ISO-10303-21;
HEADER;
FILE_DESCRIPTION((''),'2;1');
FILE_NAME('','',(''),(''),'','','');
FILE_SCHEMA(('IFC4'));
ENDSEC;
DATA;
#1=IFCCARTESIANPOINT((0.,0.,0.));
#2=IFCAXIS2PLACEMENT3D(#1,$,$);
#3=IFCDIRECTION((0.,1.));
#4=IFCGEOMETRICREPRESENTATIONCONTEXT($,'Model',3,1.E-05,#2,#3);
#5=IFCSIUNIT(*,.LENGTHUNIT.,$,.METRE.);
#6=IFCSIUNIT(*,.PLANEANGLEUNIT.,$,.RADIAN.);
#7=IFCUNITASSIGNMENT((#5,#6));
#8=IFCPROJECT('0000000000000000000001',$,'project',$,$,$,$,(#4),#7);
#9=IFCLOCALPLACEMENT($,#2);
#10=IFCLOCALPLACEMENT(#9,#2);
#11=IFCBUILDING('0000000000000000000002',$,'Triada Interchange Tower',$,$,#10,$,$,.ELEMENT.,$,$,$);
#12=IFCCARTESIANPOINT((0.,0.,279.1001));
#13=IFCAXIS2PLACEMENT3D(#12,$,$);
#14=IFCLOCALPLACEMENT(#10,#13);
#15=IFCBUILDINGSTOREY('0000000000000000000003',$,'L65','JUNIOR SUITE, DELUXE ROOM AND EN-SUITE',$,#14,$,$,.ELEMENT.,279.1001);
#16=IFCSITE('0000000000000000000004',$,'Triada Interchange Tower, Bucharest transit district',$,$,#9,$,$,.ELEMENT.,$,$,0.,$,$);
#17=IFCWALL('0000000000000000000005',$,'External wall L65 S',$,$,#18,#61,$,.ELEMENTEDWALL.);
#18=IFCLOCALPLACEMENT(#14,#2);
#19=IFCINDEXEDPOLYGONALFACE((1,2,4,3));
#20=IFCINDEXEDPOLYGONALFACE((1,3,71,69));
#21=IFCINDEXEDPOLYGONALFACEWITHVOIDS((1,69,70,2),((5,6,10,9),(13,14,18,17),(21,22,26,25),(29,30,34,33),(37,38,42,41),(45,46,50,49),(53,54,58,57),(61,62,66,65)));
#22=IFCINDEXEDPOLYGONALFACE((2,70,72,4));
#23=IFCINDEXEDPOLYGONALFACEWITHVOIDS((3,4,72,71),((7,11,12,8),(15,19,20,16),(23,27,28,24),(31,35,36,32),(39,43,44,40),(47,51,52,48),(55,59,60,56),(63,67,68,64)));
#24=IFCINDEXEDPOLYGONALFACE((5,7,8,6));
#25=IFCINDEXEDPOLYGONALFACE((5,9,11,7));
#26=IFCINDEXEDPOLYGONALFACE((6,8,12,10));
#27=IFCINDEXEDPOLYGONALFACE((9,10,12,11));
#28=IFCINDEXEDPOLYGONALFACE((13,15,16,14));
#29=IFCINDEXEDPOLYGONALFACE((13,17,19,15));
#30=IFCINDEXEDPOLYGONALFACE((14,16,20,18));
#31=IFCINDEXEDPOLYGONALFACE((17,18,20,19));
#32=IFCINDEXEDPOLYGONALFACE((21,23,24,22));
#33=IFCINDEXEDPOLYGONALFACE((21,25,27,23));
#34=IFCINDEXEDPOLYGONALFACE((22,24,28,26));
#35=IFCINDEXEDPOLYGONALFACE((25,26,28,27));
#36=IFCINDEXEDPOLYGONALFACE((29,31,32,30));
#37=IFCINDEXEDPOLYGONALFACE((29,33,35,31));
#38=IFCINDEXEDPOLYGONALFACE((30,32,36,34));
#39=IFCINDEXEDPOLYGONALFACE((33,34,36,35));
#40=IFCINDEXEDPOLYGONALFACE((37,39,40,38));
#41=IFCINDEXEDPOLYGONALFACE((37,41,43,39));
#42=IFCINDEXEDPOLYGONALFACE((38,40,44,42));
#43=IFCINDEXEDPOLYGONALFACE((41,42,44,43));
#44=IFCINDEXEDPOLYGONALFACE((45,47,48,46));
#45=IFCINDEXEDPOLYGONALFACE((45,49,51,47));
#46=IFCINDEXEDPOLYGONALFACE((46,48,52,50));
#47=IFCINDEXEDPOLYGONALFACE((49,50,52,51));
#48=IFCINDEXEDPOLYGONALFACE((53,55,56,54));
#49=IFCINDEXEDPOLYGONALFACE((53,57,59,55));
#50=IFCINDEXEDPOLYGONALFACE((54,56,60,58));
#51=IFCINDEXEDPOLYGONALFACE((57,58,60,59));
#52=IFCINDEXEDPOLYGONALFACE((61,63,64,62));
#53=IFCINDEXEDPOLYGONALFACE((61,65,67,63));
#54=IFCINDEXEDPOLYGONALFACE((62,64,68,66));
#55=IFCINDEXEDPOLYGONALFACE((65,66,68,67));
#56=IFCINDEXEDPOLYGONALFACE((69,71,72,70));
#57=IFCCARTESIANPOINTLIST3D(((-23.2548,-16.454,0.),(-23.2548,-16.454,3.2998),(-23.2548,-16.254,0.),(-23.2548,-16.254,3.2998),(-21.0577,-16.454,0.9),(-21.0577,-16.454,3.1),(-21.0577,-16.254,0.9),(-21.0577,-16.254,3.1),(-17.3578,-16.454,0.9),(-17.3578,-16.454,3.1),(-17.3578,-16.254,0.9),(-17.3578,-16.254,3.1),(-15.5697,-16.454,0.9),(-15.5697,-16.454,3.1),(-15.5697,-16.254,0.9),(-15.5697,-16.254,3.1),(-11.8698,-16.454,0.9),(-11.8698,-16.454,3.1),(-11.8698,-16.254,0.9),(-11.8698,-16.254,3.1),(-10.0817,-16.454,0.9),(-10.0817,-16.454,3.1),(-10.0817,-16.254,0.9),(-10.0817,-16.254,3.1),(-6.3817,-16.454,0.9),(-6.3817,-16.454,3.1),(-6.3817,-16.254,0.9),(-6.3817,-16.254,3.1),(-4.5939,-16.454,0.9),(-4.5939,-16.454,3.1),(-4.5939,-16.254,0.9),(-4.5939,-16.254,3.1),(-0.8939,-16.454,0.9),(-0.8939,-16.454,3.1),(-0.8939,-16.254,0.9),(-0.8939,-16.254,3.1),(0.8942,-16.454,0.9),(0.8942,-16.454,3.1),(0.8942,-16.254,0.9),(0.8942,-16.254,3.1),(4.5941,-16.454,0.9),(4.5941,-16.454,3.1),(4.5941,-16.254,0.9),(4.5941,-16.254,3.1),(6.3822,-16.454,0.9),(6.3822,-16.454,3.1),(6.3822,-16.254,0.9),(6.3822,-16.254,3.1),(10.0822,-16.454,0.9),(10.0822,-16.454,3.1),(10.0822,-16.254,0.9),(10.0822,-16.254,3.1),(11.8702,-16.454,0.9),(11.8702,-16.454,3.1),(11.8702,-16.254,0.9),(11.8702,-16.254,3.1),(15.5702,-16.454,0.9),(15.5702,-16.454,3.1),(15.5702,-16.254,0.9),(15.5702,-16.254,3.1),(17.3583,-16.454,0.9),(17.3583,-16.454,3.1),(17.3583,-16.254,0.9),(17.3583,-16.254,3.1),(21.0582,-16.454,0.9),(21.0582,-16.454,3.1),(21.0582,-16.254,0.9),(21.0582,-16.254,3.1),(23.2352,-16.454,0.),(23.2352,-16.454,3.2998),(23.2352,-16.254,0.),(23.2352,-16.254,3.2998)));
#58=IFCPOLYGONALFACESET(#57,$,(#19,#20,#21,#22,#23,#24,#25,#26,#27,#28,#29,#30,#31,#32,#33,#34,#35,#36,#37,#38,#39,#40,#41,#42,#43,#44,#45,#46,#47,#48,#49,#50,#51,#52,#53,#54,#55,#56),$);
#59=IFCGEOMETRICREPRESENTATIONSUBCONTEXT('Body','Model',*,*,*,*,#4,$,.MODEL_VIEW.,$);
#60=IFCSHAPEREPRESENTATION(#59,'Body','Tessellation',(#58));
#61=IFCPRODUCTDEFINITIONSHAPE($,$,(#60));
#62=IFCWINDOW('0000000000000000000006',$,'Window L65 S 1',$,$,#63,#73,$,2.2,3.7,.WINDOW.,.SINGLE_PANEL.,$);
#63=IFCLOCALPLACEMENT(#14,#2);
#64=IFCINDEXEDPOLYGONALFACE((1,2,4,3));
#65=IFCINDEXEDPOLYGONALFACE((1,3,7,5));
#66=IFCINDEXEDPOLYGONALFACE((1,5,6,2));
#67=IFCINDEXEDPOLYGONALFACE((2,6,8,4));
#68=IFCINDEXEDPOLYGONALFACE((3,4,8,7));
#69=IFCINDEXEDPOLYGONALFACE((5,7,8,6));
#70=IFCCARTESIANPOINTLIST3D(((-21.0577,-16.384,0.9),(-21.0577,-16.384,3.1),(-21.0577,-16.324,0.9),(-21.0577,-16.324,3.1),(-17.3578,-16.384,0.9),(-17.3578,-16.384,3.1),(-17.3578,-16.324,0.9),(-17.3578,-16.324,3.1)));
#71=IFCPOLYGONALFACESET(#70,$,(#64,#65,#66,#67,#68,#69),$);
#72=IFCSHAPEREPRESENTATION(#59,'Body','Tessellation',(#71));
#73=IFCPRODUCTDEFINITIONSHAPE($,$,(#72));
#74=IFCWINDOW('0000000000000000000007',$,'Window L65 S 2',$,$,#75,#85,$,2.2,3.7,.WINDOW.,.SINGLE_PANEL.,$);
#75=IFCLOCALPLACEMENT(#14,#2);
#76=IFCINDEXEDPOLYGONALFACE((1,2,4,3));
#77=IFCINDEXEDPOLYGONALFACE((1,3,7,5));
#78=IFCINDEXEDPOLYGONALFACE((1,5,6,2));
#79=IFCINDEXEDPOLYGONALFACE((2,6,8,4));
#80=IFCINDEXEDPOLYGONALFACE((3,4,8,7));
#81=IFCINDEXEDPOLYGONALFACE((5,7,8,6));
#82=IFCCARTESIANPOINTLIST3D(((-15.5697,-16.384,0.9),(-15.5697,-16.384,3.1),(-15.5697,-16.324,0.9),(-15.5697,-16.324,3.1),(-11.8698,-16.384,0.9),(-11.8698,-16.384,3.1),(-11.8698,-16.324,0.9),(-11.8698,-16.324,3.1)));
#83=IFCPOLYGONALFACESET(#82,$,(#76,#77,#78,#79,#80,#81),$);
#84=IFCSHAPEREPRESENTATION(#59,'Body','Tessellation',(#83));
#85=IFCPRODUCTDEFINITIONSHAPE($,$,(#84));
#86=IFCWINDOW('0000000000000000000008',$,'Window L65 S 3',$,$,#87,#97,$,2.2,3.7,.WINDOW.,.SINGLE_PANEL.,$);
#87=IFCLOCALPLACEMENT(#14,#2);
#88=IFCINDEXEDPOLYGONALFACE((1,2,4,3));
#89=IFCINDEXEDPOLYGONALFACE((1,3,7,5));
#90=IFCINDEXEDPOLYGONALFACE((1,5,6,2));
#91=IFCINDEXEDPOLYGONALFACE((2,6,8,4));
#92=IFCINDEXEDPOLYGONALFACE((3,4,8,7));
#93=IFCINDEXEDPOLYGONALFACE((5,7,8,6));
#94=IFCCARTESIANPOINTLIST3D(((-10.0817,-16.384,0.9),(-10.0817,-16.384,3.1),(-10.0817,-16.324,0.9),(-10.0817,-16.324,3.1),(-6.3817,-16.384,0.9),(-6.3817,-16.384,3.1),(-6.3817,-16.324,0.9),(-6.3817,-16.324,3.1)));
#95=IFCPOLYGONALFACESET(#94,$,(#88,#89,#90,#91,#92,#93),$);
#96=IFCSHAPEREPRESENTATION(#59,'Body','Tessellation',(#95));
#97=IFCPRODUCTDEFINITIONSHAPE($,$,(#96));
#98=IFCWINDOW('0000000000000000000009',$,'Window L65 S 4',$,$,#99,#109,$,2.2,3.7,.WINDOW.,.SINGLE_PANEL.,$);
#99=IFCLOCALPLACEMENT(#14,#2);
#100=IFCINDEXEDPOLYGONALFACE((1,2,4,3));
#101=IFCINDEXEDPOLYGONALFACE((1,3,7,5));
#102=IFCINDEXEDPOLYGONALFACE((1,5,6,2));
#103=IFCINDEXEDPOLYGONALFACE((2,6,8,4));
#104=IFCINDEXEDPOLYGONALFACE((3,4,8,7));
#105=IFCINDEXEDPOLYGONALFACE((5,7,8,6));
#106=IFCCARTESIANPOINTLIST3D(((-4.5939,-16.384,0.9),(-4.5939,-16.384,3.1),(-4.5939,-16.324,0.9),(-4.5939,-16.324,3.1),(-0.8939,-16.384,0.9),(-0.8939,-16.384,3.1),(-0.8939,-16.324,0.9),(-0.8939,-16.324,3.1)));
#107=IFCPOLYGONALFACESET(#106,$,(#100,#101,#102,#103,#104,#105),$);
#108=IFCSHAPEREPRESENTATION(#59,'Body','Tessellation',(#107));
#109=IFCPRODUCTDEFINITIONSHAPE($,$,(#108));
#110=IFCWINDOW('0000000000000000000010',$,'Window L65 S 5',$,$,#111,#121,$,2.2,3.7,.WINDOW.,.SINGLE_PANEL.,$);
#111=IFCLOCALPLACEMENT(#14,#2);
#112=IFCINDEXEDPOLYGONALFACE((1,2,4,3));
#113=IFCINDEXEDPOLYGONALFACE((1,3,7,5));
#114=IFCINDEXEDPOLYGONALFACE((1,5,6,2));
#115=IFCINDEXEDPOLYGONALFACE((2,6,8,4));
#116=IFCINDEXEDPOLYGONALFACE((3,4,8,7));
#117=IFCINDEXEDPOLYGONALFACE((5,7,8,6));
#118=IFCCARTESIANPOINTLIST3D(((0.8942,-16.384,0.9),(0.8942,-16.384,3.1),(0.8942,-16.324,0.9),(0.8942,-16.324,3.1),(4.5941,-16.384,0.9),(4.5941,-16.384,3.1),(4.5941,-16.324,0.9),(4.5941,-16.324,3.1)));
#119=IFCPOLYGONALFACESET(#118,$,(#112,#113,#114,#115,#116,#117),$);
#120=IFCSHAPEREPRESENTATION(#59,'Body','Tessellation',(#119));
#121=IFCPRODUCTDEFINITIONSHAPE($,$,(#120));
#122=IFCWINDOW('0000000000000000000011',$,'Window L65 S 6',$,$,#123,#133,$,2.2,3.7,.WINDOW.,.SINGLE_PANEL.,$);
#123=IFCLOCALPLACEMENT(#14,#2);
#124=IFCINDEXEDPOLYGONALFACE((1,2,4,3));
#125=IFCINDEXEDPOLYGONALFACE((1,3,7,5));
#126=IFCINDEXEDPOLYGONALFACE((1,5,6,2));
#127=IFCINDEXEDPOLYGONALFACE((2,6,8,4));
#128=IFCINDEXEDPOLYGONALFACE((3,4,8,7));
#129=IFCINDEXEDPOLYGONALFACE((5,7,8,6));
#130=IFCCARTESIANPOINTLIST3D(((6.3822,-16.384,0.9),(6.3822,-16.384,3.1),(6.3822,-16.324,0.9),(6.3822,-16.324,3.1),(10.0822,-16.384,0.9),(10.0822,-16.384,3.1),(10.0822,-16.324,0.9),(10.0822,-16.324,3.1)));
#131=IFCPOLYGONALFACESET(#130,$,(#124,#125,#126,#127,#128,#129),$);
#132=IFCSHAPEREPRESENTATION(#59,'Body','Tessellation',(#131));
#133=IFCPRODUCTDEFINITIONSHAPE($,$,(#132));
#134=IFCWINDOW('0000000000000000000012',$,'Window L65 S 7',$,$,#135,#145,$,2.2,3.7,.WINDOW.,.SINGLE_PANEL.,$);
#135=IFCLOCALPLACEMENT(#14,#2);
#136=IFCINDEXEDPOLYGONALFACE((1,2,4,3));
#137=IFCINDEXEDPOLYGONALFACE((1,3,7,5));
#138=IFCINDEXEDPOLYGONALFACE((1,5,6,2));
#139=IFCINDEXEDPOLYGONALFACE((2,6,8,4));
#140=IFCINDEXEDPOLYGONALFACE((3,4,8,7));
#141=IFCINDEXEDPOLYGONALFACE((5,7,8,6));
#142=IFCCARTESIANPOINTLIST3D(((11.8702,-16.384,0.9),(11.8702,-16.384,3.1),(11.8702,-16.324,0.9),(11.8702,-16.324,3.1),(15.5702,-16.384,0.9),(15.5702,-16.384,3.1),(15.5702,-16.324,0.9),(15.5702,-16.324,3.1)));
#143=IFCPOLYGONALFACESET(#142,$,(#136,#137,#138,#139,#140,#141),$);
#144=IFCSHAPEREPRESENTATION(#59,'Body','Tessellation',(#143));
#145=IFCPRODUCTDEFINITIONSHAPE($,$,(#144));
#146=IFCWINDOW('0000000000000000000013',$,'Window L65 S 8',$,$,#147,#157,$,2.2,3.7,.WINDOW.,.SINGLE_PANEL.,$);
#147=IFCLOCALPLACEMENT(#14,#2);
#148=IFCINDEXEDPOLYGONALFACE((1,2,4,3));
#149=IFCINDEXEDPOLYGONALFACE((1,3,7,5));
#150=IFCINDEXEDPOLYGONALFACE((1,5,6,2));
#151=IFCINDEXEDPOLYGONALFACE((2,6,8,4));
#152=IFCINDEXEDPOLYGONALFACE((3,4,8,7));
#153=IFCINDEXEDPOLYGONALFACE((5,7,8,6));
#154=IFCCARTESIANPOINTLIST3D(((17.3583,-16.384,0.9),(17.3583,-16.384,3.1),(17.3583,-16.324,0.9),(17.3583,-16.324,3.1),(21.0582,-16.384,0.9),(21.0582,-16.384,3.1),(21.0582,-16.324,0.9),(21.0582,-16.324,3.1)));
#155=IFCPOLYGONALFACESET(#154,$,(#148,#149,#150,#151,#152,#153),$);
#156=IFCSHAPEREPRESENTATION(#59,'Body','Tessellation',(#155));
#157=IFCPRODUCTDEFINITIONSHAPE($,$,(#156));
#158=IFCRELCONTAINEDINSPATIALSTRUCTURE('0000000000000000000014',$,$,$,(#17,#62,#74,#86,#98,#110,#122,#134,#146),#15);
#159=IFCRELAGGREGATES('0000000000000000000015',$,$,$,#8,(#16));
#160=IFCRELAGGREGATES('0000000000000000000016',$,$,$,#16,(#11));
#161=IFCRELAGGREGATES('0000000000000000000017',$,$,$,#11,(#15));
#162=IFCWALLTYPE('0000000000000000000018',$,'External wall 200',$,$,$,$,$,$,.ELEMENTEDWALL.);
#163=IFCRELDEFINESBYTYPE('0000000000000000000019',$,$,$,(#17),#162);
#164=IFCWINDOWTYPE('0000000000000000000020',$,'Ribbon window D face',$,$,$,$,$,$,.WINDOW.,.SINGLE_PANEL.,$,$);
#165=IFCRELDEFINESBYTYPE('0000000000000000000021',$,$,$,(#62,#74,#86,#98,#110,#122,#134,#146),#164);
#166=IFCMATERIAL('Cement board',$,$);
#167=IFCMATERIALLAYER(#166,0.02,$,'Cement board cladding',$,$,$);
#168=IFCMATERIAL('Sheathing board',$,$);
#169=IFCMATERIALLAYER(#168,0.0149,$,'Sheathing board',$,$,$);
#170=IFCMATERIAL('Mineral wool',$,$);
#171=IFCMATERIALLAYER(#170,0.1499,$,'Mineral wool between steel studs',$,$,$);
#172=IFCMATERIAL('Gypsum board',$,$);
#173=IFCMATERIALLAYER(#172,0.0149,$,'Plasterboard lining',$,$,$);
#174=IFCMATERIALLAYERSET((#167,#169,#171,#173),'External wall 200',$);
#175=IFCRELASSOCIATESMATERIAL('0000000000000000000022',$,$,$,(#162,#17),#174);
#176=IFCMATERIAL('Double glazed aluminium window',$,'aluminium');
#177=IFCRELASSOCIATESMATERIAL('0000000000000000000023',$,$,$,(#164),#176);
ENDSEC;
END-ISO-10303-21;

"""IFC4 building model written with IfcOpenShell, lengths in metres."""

from ifc_helpers import new_model, si_unit, direction, frame, frame_2d, origin, place, context, subcontext, project, spatial, rectangle, extrude, material, layer, layer_set, layer_usage, type_object, element, fill, save


model = new_model("IFC4")

# Units and contexts
model_context = context("Model", 3, precision=1e-05, world=origin(), true_north=direction((0.0, 1.0)))
body_context = subcontext(model_context, "Body", "Model", "MODEL_VIEW")
ifc_project = project(units=[si_unit("LENGTHUNIT", "METRE"), si_unit("PLANEANGLEUNIT", "RADIAN")], contexts=[model_context])

# Site, building, storey
site_placement = place(None, origin())
site = spatial("IfcSite", under=ifc_project, at=site_placement, Name="Triada Interchange Tower, Bucharest transit district", CompositionType="ELEMENT", RefElevation=0.0)
building_placement = place(site_placement, origin())
building = spatial("IfcBuilding", under=site, at=building_placement, Name="Triada Interchange Tower", CompositionType="ELEMENT")
storey_placement = place(building_placement, frame((0.0, 0.0, 279.1001)))
storey = spatial("IfcBuildingStorey", under=building, at=storey_placement, Name="L65", Description="JUNIOR SUITE, DELUXE ROOM AND EN-SUITE", CompositionType="ELEMENT", Elevation=279.1001)

# Shared definitions
ifc_material_1 = material(Name="Cement board")
ifc_layer_1 = layer(ifc_material_1, 0.02, Name="Cement board cladding")
ifc_material_2 = material(Name="Sheathing board")
ifc_layer_2 = layer(ifc_material_2, 0.0149, Name="Sheathing board")
ifc_material_3 = material(Name="Mineral wool")
ifc_layer_3 = layer(ifc_material_3, 0.1499, Name="Mineral wool between steel studs")
ifc_material_4 = material(Name="Gypsum board")
ifc_layer_4 = layer(ifc_material_4, 0.0149, Name="Plasterboard lining")
ifc_layer_set_1 = layer_set([ifc_layer_1, ifc_layer_2, ifc_layer_3, ifc_layer_4], Name="External wall 200")
ifc_layer_usage = layer_usage(ifc_layer_set_1, "AXIS2", "POSITIVE", -0.1001)
wall_type = type_object("IfcWallType", Name="External wall 200", PredefinedType="ELEMENTEDWALL", material=ifc_layer_set_1)
ifc_material_5 = material(Name="Double glazed aluminium window", Category="aluminium")

# Wall, openings, windows
wall_1_placement = place(storey_placement, frame((-23.2549, -16.354, 0.0), z_axis=(0.0, 0.0, 1.0), x_axis=(1.0, 0.0, 0.0)))
wall_1 = element("IfcWall", 1, at=wall_1_placement, inside=storey, type_object=wall_type, material=ifc_layer_usage, Name="External wall L65 S", PredefinedType="ELEMENTEDWALL", context=body_context, shape_type="SweptSolid", body=[
    extrude(rectangle(XDim=46.49, YDim=0.2, at=frame_2d((23.2451, 0.0))), origin(), (0.0, 0.0, 1.0), 3.2998),
])
opening_1_placement = place(wall_1_placement, frame((2.197, 0.0, 0.8999)))
opening_1 = element("IfcOpeningElement", 2, at=opening_1_placement, cuts=wall_1, PredefinedType="OPENING", context=body_context, shape_type="SweptSolid", body=[
    extrude(rectangle(XDim=3.7, YDim=2.2, at=frame_2d((1.8501, 1.1001))), frame((0.0, 0.1099, 0.0), z_axis=(0.0, -1.0, 0.0), x_axis=(1.0, 0.0, 0.0)), (0.0, 0.0, 1.0), 0.22),
])
opening_2_placement = place(wall_1_placement, frame((7.6851, 0.0, 0.8999)))
opening_2 = element("IfcOpeningElement", 3, at=opening_2_placement, cuts=wall_1, PredefinedType="OPENING", context=body_context, shape_type="SweptSolid", body=[
    extrude(rectangle(XDim=3.7, YDim=2.2, at=frame_2d((1.8501, 1.1001))), frame((0.0, 0.1099, 0.0), z_axis=(0.0, -1.0, 0.0), x_axis=(1.0, 0.0, 0.0)), (0.0, 0.0, 1.0), 0.22),
])
opening_3_placement = place(wall_1_placement, frame((13.1731, 0.0, 0.8999)))
opening_3 = element("IfcOpeningElement", 4, at=opening_3_placement, cuts=wall_1, PredefinedType="OPENING", context=body_context, shape_type="SweptSolid", body=[
    extrude(rectangle(XDim=3.7, YDim=2.2, at=frame_2d((1.8501, 1.1001))), frame((0.0, 0.1099, 0.0), z_axis=(0.0, -1.0, 0.0), x_axis=(1.0, 0.0, 0.0)), (0.0, 0.0, 1.0), 0.22),
])
opening_4_placement = place(wall_1_placement, frame((18.6609, 0.0, 0.8999)))
opening_4 = element("IfcOpeningElement", 5, at=opening_4_placement, cuts=wall_1, PredefinedType="OPENING", context=body_context, shape_type="SweptSolid", body=[
    extrude(rectangle(XDim=3.7, YDim=2.2, at=frame_2d((1.8501, 1.1001))), frame((0.0, 0.1099, 0.0), z_axis=(0.0, -1.0, 0.0), x_axis=(1.0, 0.0, 0.0)), (0.0, 0.0, 1.0), 0.22),
])
opening_5_placement = place(wall_1_placement, frame((24.1489, 0.0, 0.8999)))
opening_5 = element("IfcOpeningElement", 6, at=opening_5_placement, cuts=wall_1, PredefinedType="OPENING", context=body_context, shape_type="SweptSolid", body=[
    extrude(rectangle(XDim=3.7, YDim=2.2, at=frame_2d((1.8501, 1.1001))), frame((0.0, 0.1099, 0.0), z_axis=(0.0, -1.0, 0.0), x_axis=(1.0, 0.0, 0.0)), (0.0, 0.0, 1.0), 0.22),
])
opening_6_placement = place(wall_1_placement, frame((29.637, 0.0, 0.8999)))
opening_6 = element("IfcOpeningElement", 7, at=opening_6_placement, cuts=wall_1, PredefinedType="OPENING", context=body_context, shape_type="SweptSolid", body=[
    extrude(rectangle(XDim=3.7, YDim=2.2, at=frame_2d((1.8501, 1.1001))), frame((0.0, 0.1099, 0.0), z_axis=(0.0, -1.0, 0.0), x_axis=(1.0, 0.0, 0.0)), (0.0, 0.0, 1.0), 0.22),
])
opening_7_placement = place(wall_1_placement, frame((35.125, 0.0, 0.8999)))
opening_7 = element("IfcOpeningElement", 8, at=opening_7_placement, cuts=wall_1, PredefinedType="OPENING", context=body_context, shape_type="SweptSolid", body=[
    extrude(rectangle(XDim=3.7, YDim=2.2, at=frame_2d((1.8501, 1.1001))), frame((0.0, 0.1099, 0.0), z_axis=(0.0, -1.0, 0.0), x_axis=(1.0, 0.0, 0.0)), (0.0, 0.0, 1.0), 0.22),
])
opening_8_placement = place(wall_1_placement, frame((40.613, 0.0, 0.8999)))
opening_8 = element("IfcOpeningElement", 9, at=opening_8_placement, cuts=wall_1, PredefinedType="OPENING", context=body_context, shape_type="SweptSolid", body=[
    extrude(rectangle(XDim=3.7, YDim=2.2, at=frame_2d((1.8501, 1.1001))), frame((0.0, 0.1099, 0.0), z_axis=(0.0, -1.0, 0.0), x_axis=(1.0, 0.0, 0.0)), (0.0, 0.0, 1.0), 0.22),
])
window_type_1 = type_object("IfcWindowType", Name="Ribbon window D face", PartitioningType="SINGLE_PANEL", PredefinedType="WINDOW", material=ifc_material_5)
window_1_placement = place(opening_1_placement, origin())
window_1 = element("IfcWindow", 10, at=window_1_placement, inside=storey, type_object=window_type_1, Name="Window L65 S 1", OverallHeight=2.2, OverallWidth=3.7, PartitioningType="SINGLE_PANEL", PredefinedType="WINDOW", context=body_context, shape_type="SweptSolid", body=[
    extrude(rectangle(XDim=3.7, YDim=2.2, at=frame_2d((1.8501, 1.1001))), frame((0.0, 0.03, 0.0), z_axis=(0.0, -1.0, 0.0), x_axis=(1.0, 0.0, 0.0)), (0.0, 0.0, 1.0), 0.0601),
])
fill(opening_1, window_1)
window_2_placement = place(opening_2_placement, origin())
window_2 = element("IfcWindow", 11, at=window_2_placement, inside=storey, type_object=window_type_1, Name="Window L65 S 2", OverallHeight=2.2, OverallWidth=3.7, PartitioningType="SINGLE_PANEL", PredefinedType="WINDOW", context=body_context, shape_type="SweptSolid", body=[
    extrude(rectangle(XDim=3.7, YDim=2.2, at=frame_2d((1.8501, 1.1001))), frame((0.0, 0.03, 0.0), z_axis=(0.0, -1.0, 0.0), x_axis=(1.0, 0.0, 0.0)), (0.0, 0.0, 1.0), 0.0601),
])
fill(opening_2, window_2)
window_3_placement = place(opening_3_placement, origin())
window_3 = element("IfcWindow", 12, at=window_3_placement, inside=storey, type_object=window_type_1, Name="Window L65 S 3", OverallHeight=2.2, OverallWidth=3.7, PartitioningType="SINGLE_PANEL", PredefinedType="WINDOW", context=body_context, shape_type="SweptSolid", body=[
    extrude(rectangle(XDim=3.7, YDim=2.2, at=frame_2d((1.8501, 1.1001))), frame((0.0, 0.03, 0.0), z_axis=(0.0, -1.0, 0.0), x_axis=(1.0, 0.0, 0.0)), (0.0, 0.0, 1.0), 0.0601),
])
fill(opening_3, window_3)
window_4_placement = place(opening_4_placement, origin())
window_4 = element("IfcWindow", 13, at=window_4_placement, inside=storey, type_object=window_type_1, Name="Window L65 S 4", OverallHeight=2.2, OverallWidth=3.7, PartitioningType="SINGLE_PANEL", PredefinedType="WINDOW", context=body_context, shape_type="SweptSolid", body=[
    extrude(rectangle(XDim=3.7, YDim=2.2, at=frame_2d((1.8501, 1.1001))), frame((0.0, 0.03, 0.0), z_axis=(0.0, -1.0, 0.0), x_axis=(1.0, 0.0, 0.0)), (0.0, 0.0, 1.0), 0.0601),
])
fill(opening_4, window_4)
window_5_placement = place(opening_5_placement, origin())
window_5 = element("IfcWindow", 14, at=window_5_placement, inside=storey, type_object=window_type_1, Name="Window L65 S 5", OverallHeight=2.2, OverallWidth=3.7, PartitioningType="SINGLE_PANEL", PredefinedType="WINDOW", context=body_context, shape_type="SweptSolid", body=[
    extrude(rectangle(XDim=3.7, YDim=2.2, at=frame_2d((1.8501, 1.1001))), frame((0.0, 0.03, 0.0), z_axis=(0.0, -1.0, 0.0), x_axis=(1.0, 0.0, 0.0)), (0.0, 0.0, 1.0), 0.0601),
])
fill(opening_5, window_5)
window_6_placement = place(opening_6_placement, origin())
window_6 = element("IfcWindow", 15, at=window_6_placement, inside=storey, type_object=window_type_1, Name="Window L65 S 6", OverallHeight=2.2, OverallWidth=3.7, PartitioningType="SINGLE_PANEL", PredefinedType="WINDOW", context=body_context, shape_type="SweptSolid", body=[
    extrude(rectangle(XDim=3.7, YDim=2.2, at=frame_2d((1.8501, 1.1001))), frame((0.0, 0.03, 0.0), z_axis=(0.0, -1.0, 0.0), x_axis=(1.0, 0.0, 0.0)), (0.0, 0.0, 1.0), 0.0601),
])
fill(opening_6, window_6)
window_7_placement = place(opening_7_placement, origin())
window_7 = element("IfcWindow", 16, at=window_7_placement, inside=storey, type_object=window_type_1, Name="Window L65 S 7", OverallHeight=2.2, OverallWidth=3.7, PartitioningType="SINGLE_PANEL", PredefinedType="WINDOW", context=body_context, shape_type="SweptSolid", body=[
    extrude(rectangle(XDim=3.7, YDim=2.2, at=frame_2d((1.8501, 1.1001))), frame((0.0, 0.03, 0.0), z_axis=(0.0, -1.0, 0.0), x_axis=(1.0, 0.0, 0.0)), (0.0, 0.0, 1.0), 0.0601),
])
fill(opening_7, window_7)
window_8_placement = place(opening_8_placement, origin())
window_8 = element("IfcWindow", 17, at=window_8_placement, inside=storey, type_object=window_type_1, Name="Window L65 S 8", OverallHeight=2.2, OverallWidth=3.7, PartitioningType="SINGLE_PANEL", PredefinedType="WINDOW", context=body_context, shape_type="SweptSolid", body=[
    extrude(rectangle(XDim=3.7, YDim=2.2, at=frame_2d((1.8501, 1.1001))), frame((0.0, 0.03, 0.0), z_axis=(0.0, -1.0, 0.0), x_axis=(1.0, 0.0, 0.0)), (0.0, 0.0, 1.0), 0.0601),
])
fill(opening_8, window_8)

save(model, "model.ifc")
